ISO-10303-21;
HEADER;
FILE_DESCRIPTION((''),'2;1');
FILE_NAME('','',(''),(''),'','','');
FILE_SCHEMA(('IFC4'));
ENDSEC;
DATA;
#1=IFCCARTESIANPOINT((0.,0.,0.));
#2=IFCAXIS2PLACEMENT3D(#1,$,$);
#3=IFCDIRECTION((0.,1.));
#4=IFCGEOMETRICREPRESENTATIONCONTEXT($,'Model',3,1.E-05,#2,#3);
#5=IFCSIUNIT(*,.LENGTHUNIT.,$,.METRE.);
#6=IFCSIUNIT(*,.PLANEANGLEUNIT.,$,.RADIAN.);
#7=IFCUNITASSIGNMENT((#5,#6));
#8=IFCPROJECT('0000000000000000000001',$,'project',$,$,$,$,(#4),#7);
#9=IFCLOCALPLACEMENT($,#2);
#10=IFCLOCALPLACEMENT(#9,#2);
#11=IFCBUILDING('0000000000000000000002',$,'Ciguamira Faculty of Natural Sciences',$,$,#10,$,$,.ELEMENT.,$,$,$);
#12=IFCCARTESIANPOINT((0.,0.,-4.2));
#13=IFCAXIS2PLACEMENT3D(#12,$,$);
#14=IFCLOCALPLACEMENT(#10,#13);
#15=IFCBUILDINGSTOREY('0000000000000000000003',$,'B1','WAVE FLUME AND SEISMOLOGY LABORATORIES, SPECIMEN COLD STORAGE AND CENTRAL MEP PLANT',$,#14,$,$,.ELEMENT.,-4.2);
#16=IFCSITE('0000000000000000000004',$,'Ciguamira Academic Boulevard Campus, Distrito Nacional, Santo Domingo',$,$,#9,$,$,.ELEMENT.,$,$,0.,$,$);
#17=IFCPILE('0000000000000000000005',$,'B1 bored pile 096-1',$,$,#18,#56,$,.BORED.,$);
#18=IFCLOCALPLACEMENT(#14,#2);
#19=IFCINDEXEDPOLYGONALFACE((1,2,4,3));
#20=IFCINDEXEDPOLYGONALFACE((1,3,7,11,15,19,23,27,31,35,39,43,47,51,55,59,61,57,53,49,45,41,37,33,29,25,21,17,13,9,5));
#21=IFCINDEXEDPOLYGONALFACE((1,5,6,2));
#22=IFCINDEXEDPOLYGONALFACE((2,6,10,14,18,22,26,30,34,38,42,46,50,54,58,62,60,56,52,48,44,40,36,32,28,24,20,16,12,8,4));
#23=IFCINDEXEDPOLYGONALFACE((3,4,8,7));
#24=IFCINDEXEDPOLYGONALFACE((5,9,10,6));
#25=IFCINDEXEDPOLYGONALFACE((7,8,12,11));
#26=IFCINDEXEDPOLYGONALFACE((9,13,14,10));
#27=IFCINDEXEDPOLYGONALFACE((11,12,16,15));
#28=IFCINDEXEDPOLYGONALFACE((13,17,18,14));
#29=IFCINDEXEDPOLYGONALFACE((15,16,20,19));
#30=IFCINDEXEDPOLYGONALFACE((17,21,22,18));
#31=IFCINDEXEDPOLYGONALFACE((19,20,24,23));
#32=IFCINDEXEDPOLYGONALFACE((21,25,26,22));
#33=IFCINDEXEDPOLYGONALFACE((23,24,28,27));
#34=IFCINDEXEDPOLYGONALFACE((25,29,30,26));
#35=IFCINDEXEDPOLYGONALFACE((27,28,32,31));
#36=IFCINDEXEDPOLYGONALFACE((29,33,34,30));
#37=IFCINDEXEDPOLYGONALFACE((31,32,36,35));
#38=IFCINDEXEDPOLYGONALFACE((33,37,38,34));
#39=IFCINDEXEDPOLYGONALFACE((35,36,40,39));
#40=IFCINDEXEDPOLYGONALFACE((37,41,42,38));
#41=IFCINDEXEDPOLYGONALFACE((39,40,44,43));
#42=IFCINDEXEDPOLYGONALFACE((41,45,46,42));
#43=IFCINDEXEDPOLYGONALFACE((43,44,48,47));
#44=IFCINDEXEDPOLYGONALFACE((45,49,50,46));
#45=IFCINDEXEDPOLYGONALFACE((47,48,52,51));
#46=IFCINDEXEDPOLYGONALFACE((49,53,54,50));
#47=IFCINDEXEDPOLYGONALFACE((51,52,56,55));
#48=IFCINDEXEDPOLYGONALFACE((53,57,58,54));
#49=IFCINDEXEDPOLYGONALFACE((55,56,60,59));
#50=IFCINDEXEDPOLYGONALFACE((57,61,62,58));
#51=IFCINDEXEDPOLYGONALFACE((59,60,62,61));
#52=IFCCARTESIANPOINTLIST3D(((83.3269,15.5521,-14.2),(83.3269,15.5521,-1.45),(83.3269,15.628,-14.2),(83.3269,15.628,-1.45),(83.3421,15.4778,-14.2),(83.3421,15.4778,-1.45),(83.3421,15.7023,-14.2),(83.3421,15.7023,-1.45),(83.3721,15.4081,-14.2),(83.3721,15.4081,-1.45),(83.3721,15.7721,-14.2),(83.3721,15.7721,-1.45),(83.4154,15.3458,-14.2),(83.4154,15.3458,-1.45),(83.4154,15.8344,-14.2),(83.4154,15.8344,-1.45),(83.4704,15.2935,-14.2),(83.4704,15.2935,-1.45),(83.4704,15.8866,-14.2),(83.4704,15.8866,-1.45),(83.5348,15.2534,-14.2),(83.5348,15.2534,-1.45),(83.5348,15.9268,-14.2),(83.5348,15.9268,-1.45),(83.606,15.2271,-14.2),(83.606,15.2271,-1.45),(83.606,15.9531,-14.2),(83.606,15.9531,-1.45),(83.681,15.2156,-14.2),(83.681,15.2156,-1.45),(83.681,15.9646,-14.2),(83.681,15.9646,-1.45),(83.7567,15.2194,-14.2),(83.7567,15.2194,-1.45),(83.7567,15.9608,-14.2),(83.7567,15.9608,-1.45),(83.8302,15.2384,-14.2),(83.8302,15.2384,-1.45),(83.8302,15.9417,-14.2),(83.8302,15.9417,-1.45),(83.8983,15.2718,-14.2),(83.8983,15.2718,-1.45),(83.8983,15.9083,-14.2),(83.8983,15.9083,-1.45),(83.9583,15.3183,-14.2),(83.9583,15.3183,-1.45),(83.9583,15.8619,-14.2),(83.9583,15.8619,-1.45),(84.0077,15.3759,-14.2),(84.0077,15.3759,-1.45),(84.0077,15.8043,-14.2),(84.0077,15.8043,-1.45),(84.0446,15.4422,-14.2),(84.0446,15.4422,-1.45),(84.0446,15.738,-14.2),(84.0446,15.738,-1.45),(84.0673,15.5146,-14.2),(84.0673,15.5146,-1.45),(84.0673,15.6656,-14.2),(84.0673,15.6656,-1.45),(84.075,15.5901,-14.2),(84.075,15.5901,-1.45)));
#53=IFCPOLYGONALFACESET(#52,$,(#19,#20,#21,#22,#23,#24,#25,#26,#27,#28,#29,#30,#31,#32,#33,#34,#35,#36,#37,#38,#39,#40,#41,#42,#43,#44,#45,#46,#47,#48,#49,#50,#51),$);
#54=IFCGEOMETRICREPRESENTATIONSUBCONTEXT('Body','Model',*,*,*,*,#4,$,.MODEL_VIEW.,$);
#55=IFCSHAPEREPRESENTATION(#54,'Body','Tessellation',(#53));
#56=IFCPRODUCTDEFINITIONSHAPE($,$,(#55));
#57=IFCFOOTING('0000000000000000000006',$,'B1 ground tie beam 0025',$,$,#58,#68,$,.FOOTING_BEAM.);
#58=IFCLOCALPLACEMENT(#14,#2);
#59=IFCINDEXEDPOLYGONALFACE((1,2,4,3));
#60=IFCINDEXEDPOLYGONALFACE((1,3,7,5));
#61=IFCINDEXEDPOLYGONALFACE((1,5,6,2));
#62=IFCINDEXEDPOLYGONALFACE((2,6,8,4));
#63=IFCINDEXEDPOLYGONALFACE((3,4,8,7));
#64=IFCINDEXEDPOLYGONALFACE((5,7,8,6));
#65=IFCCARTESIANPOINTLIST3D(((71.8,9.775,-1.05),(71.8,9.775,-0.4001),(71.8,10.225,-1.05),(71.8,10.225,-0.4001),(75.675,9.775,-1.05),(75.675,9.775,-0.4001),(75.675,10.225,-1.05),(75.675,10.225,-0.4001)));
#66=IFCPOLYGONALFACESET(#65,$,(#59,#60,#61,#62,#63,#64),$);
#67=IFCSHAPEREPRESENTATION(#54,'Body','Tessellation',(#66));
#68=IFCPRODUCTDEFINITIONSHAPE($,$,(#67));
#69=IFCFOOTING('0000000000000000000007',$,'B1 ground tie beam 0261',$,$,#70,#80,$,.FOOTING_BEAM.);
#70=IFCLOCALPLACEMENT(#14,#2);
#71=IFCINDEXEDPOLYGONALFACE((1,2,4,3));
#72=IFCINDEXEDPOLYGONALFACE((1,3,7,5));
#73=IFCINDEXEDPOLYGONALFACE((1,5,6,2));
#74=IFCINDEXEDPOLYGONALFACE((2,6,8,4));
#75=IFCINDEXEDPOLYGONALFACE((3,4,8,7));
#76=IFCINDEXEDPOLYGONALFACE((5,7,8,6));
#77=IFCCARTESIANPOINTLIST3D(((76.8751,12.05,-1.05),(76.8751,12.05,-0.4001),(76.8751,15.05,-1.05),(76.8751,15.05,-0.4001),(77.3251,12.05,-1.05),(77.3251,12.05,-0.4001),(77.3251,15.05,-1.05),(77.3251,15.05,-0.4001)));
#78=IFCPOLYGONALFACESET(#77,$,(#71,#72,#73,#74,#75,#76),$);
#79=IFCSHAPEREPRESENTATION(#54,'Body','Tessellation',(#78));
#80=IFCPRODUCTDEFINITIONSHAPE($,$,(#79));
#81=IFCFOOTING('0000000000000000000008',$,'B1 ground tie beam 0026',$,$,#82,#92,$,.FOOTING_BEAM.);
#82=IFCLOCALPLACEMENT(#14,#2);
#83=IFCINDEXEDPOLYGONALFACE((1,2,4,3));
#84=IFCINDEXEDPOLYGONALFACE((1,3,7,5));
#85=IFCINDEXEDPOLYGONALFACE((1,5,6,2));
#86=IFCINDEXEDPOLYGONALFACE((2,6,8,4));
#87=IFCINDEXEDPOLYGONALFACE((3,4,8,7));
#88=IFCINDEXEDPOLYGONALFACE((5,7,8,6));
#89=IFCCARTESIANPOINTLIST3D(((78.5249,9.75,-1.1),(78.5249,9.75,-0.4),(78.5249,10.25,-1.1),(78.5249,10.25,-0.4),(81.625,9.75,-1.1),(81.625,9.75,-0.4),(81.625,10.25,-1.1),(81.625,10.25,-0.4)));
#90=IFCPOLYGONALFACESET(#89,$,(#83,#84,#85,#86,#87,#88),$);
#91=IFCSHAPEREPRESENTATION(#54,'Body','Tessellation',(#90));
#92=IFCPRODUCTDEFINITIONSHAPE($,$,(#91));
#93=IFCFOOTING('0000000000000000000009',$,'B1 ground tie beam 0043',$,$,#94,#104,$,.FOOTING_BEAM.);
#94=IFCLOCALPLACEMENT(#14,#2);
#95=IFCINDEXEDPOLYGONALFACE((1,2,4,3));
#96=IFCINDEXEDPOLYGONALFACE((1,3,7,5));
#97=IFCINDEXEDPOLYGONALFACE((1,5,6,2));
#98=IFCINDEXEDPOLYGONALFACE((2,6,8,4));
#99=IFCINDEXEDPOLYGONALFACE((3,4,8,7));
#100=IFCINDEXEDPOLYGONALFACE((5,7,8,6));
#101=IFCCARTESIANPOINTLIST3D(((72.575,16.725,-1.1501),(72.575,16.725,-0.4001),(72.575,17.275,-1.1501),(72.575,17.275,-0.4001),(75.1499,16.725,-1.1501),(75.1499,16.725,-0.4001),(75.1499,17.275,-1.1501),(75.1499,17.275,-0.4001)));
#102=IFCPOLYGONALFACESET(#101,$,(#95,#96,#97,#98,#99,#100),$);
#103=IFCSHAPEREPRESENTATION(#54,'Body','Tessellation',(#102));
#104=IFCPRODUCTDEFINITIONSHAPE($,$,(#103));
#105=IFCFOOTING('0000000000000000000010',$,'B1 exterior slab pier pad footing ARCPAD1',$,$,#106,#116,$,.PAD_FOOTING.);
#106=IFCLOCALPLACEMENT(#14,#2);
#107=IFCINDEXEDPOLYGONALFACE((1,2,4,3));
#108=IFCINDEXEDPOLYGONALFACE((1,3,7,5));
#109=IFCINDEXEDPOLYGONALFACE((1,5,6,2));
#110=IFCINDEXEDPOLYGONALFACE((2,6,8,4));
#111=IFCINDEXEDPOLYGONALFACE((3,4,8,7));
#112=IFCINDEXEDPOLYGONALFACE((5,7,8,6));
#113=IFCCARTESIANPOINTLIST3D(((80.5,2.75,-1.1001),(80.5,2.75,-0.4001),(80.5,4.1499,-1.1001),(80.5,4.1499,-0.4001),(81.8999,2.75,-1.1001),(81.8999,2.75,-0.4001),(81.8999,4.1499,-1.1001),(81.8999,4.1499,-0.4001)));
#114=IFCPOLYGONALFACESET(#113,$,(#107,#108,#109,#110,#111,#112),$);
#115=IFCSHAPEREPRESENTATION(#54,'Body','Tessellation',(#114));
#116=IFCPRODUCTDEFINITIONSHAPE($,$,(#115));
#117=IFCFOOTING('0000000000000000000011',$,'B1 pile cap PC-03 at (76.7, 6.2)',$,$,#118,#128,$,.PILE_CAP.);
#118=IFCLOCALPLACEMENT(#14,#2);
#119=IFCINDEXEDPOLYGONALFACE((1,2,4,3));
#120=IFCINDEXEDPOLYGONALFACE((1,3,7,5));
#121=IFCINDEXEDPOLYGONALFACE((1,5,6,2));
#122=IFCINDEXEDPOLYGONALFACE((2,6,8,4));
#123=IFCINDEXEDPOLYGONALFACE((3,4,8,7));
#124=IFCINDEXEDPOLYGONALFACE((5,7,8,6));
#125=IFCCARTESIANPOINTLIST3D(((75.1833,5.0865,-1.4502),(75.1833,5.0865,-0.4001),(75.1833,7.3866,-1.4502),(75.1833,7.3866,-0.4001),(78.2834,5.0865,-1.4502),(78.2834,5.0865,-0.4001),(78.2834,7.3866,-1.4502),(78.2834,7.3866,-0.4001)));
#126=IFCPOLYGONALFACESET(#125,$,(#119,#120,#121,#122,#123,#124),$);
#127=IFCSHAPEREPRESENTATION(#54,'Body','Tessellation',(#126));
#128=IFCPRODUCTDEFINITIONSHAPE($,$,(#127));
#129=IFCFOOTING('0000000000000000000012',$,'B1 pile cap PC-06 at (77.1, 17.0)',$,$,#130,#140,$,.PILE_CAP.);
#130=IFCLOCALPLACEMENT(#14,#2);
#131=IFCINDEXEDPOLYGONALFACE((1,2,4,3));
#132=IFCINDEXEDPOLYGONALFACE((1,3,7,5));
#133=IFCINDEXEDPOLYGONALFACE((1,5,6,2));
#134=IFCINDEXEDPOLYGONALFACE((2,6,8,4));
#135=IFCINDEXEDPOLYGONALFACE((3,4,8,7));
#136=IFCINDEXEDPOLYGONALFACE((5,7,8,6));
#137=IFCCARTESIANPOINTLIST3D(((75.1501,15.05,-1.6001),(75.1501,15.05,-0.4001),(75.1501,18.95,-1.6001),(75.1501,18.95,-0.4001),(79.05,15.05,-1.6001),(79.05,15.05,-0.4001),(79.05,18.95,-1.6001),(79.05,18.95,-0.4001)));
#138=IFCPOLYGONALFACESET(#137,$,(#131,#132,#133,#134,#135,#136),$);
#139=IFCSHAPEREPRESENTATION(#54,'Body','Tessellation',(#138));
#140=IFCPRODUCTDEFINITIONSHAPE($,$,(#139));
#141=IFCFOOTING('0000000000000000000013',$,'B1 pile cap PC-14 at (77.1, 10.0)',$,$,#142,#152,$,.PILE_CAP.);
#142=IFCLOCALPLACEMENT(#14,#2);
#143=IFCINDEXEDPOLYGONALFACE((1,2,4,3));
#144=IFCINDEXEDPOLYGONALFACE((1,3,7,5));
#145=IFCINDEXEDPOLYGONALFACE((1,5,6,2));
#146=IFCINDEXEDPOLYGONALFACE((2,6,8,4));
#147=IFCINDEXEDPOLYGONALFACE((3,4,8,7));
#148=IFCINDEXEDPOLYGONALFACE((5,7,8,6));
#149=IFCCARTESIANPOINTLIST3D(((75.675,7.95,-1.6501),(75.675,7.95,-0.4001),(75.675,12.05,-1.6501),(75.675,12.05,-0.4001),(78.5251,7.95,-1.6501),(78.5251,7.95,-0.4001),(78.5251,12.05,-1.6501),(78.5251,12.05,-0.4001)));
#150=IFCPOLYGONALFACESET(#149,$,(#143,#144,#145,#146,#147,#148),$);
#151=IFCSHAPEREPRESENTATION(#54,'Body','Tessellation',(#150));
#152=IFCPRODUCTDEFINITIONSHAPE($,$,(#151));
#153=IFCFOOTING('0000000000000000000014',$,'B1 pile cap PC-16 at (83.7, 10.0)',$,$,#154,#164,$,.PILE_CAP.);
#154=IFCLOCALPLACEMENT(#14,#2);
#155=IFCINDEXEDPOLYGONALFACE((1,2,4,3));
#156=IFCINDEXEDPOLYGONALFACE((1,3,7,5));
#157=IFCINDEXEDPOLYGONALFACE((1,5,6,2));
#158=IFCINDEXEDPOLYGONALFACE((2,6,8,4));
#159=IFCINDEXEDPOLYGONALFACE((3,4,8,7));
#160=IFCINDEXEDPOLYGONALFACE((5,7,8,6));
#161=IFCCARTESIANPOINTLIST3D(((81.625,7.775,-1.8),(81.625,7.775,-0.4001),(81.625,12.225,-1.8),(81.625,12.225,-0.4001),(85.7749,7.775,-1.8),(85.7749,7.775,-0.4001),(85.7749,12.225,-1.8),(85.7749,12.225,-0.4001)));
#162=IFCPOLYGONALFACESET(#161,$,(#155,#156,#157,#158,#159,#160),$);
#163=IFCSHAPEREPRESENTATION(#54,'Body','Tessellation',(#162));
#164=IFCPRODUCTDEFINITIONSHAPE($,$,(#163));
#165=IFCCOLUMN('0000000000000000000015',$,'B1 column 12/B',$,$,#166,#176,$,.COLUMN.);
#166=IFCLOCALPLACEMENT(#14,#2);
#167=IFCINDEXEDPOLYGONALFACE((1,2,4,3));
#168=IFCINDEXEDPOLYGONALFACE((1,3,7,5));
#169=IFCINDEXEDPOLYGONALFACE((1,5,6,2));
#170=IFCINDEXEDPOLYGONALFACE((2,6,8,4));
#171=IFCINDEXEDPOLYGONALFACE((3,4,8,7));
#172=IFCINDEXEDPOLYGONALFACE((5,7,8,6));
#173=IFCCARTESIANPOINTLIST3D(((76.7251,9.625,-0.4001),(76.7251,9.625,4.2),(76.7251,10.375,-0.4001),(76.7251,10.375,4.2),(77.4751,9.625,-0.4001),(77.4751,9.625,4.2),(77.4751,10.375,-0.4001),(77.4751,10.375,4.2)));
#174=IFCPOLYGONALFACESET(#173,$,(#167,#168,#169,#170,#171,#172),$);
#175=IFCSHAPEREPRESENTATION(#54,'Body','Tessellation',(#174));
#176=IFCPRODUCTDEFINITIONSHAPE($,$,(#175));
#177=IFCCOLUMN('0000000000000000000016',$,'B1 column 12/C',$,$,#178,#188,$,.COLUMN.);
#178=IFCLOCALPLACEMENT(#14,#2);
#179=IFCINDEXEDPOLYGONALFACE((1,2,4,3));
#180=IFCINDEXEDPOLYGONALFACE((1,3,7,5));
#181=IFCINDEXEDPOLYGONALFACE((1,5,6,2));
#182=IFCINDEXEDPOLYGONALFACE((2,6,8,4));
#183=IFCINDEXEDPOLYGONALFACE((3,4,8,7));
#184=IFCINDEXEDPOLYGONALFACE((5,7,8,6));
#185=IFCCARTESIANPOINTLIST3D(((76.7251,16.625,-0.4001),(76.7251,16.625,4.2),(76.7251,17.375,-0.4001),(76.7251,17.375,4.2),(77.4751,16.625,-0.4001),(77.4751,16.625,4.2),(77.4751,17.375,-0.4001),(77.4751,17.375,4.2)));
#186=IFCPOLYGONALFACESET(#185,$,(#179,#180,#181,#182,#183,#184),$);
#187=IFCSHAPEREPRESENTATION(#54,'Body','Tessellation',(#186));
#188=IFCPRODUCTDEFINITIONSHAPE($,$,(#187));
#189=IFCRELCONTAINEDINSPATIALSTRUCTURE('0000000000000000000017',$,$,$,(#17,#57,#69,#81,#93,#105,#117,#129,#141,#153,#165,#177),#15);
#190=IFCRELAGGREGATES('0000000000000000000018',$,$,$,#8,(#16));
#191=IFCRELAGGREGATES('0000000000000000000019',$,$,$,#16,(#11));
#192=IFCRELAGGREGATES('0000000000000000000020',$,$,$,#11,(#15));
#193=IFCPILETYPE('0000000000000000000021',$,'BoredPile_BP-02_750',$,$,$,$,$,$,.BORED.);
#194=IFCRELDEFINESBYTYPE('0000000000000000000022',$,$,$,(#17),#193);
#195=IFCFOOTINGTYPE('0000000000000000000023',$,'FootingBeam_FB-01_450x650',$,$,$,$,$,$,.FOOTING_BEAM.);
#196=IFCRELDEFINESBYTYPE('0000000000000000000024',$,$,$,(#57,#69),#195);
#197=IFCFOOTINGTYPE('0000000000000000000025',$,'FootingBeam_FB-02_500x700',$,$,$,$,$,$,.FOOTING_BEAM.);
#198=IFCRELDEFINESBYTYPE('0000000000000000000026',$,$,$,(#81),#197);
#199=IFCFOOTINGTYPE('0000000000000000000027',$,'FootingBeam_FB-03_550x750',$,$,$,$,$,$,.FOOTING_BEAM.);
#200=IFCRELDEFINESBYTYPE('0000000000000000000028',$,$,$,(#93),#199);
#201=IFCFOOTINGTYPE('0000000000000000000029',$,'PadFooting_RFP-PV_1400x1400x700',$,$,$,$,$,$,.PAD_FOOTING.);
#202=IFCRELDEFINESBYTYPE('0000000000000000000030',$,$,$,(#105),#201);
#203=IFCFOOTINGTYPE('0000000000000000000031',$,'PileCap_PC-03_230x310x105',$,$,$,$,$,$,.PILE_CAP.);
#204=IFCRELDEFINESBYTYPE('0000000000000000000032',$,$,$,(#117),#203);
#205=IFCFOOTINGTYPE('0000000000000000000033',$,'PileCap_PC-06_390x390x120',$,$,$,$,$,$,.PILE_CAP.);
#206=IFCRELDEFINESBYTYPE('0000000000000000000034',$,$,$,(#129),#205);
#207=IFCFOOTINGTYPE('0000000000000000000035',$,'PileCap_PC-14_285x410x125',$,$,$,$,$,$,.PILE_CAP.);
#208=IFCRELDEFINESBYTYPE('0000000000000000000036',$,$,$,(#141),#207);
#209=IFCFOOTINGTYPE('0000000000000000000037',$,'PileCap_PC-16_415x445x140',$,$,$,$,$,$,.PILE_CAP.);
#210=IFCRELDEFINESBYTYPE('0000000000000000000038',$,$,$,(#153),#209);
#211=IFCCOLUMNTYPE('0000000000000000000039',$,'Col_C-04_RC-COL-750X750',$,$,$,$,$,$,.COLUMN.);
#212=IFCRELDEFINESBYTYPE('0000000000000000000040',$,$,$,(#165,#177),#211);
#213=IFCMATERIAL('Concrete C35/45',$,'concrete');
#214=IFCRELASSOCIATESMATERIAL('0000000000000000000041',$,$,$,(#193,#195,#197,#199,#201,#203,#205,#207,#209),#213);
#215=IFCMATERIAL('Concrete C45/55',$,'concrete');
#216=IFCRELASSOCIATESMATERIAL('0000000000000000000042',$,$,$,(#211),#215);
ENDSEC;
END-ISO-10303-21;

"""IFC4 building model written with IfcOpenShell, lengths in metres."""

from ifc_helpers import new_model, si_unit, direction, frame, origin, origin_2d, place, context, subcontext, project, spatial, rectangle, circle, extrude, material, material_profile, profile_set, type_object, element, save


model = new_model("IFC4")

# Units and contexts
model_context = context("Model", 3, precision=1e-05, world=origin(), true_north=direction((0.0, 1.0)))
body_context = subcontext(model_context, "Body", "Model", "MODEL_VIEW")
ifc_project = project(units=[si_unit("LENGTHUNIT", "METRE"), si_unit("PLANEANGLEUNIT", "RADIAN")], contexts=[model_context])

# Site, building, storey
site_placement = place(None, origin())
site = spatial("IfcSite", under=ifc_project, at=site_placement, Name="Ciguamira Academic Boulevard Campus, Distrito Nacional, Santo Domingo", CompositionType="ELEMENT", RefElevation=0.0)
building_placement = place(site_placement, origin())
building = spatial("IfcBuilding", under=site, at=building_placement, Name="Ciguamira Faculty of Natural Sciences", CompositionType="ELEMENT")
storey_placement = place(building_placement, frame((0.0, 0.0, -4.2)))
storey = spatial("IfcBuildingStorey", under=building, at=storey_placement, Name="B1", Description="WAVE FLUME AND SEISMOLOGY LABORATORIES, SPECIMEN COLD STORAGE AND CENTRAL MEP PLANT", CompositionType="ELEMENT", Elevation=-4.2)

# Pile
ifc_material_1 = material(Name="Concrete C35/45", Category="concrete")
ifc_material_profile_1 = material_profile(ifc_material_1, circle(Radius=0.375, at=origin_2d()), Name="PILE-BORED-750")
ifc_profile_set_1 = profile_set([ifc_material_profile_1], Name="Concrete C35/45")
pile_type_1 = type_object("IfcPileType", Name="BoredPile_BP-02_750", PredefinedType="BORED", material=ifc_profile_set_1)
pile_1_placement = place(storey_placement, frame((83.7, 15.5901, -1.45), z_axis=(0.0, 0.0, -1.0), x_axis=(1.0, 0.0, 0.0)))
element("IfcPile", 1, at=pile_1_placement, inside=storey, type_object=pile_type_1, Name="B1 bored pile 096-1", PredefinedType="BORED", context=body_context, shape_type="SweptSolid", body=[
    extrude(circle(Radius=0.375, at=origin_2d()), origin(), (0.0, 0.0, 1.0), 12.75),
])

# Footings
ifc_material_profile_2 = material_profile(ifc_material_1, rectangle(XDim=0.45, YDim=0.6499, at=origin_2d()), Name="RC-FB-450X650")
ifc_profile_set_2 = profile_set([ifc_material_profile_2], Name="Concrete C35/45")
footing_type_1 = type_object("IfcFootingType", Name="FootingBeam_FB-01_450x650", PredefinedType="FOOTING_BEAM", material=ifc_profile_set_2)
footing_1_placement = place(storey_placement, frame((71.8, 10.0, -0.7251), z_axis=(1.0, 0.0, 0.0), x_axis=(0.0, 1.0, 0.0)))
element("IfcFooting", 2, at=footing_1_placement, inside=storey, type_object=footing_type_1, Name="B1 ground tie beam 0025", PredefinedType="FOOTING_BEAM", context=body_context, shape_type="SweptSolid", body=[
    extrude(rectangle(XDim=0.45, YDim=0.6499, at=origin_2d()), origin(), (0.0, 0.0, 1.0), 3.875),
])
footing_2_placement = place(storey_placement, frame((77.1001, 12.05, -0.7251), z_axis=(0.0, 1.0, 0.0), x_axis=(-1.0, 0.0, 0.0)))
element("IfcFooting", 3, at=footing_2_placement, inside=storey, type_object=footing_type_1, Name="B1 ground tie beam 0261", PredefinedType="FOOTING_BEAM", context=body_context, shape_type="SweptSolid", body=[
    extrude(rectangle(XDim=0.45, YDim=0.6499, at=origin_2d()), origin(), (0.0, 0.0, 1.0), 3.0),
])
ifc_material_profile_3 = material_profile(ifc_material_1, rectangle(XDim=0.5, YDim=0.7, at=origin_2d()), Name="RC-FB-500X700")
ifc_profile_set_3 = profile_set([ifc_material_profile_3], Name="Concrete C35/45")
footing_type_2 = type_object("IfcFootingType", Name="FootingBeam_FB-02_500x700", PredefinedType="FOOTING_BEAM", material=ifc_profile_set_3)
footing_3_placement = place(storey_placement, frame((78.5249, 10.0, -0.75), z_axis=(1.0, 0.0, 0.0), x_axis=(0.0, 1.0, 0.0)))
element("IfcFooting", 4, at=footing_3_placement, inside=storey, type_object=footing_type_2, Name="B1 ground tie beam 0026", PredefinedType="FOOTING_BEAM", context=body_context, shape_type="SweptSolid", body=[
    extrude(rectangle(XDim=0.5, YDim=0.7, at=origin_2d()), origin(), (0.0, 0.0, 1.0), 3.1001),
])
ifc_material_profile_4 = material_profile(ifc_material_1, rectangle(XDim=0.55, YDim=0.75, at=origin_2d()), Name="RC-FB-550X750")
ifc_profile_set_4 = profile_set([ifc_material_profile_4], Name="Concrete C35/45")
footing_type_3 = type_object("IfcFootingType", Name="FootingBeam_FB-03_550x750", PredefinedType="FOOTING_BEAM", material=ifc_profile_set_4)
footing_4_placement = place(storey_placement, frame((72.575, 17.0, -0.7751), z_axis=(1.0, 0.0, 0.0), x_axis=(0.0, 1.0, 0.0)))
element("IfcFooting", 5, at=footing_4_placement, inside=storey, type_object=footing_type_3, Name="B1 ground tie beam 0043", PredefinedType="FOOTING_BEAM", context=body_context, shape_type="SweptSolid", body=[
    extrude(rectangle(XDim=0.55, YDim=0.75, at=origin_2d()), origin(), (0.0, 0.0, 1.0), 2.575),
])
footing_type_4 = type_object("IfcFootingType", Name="PadFooting_RFP-PV_1400x1400x700", PredefinedType="PAD_FOOTING", material=ifc_material_1)
footing_5_placement = place(storey_placement, frame((81.2, 3.45, -1.1001), z_axis=(0.0, 0.0, 1.0), x_axis=(1.0, 0.0, 0.0)))
element("IfcFooting", 6, at=footing_5_placement, inside=storey, type_object=footing_type_4, Name="B1 exterior slab pier pad footing ARCPAD1", PredefinedType="PAD_FOOTING", context=body_context, shape_type="SweptSolid", body=[
    extrude(rectangle(XDim=1.3999, YDim=1.3999, at=origin_2d()), origin(), (0.0, 0.0, 1.0), 0.7),
])
footing_type_5 = type_object("IfcFootingType", Name="PileCap_PC-03_230x310x105", PredefinedType="PILE_CAP", material=ifc_material_1)
footing_6_placement = place(storey_placement, frame((76.7334, 6.2366, -1.4502), z_axis=(0.0, 0.0, 1.0), x_axis=(0.0, 1.0, 0.0)))
element("IfcFooting", 7, at=footing_6_placement, inside=storey, type_object=footing_type_5, Name="B1 pile cap PC-03 at (76.7, 6.2)", PredefinedType="PILE_CAP", context=body_context, shape_type="SweptSolid", body=[
    extrude(rectangle(XDim=2.3, YDim=3.1001, at=origin_2d()), origin(), (0.0, 0.0, 1.0), 1.05),
])
footing_type_6 = type_object("IfcFootingType", Name="PileCap_PC-06_390x390x120", PredefinedType="PILE_CAP", material=ifc_material_1)
footing_7_placement = place(storey_placement, frame((77.1001, 17.0, -1.6001), z_axis=(0.0, 0.0, 1.0), x_axis=(1.0, 0.0, 0.0)))
element("IfcFooting", 8, at=footing_7_placement, inside=storey, type_object=footing_type_6, Name="B1 pile cap PC-06 at (77.1, 17.0)", PredefinedType="PILE_CAP", context=body_context, shape_type="SweptSolid", body=[
    extrude(rectangle(XDim=3.8999, YDim=3.8999, at=origin_2d()), origin(), (0.0, 0.0, 1.0), 1.2),
])
footing_type_7 = type_object("IfcFootingType", Name="PileCap_PC-14_285x410x125", PredefinedType="PILE_CAP", material=ifc_material_1)
footing_8_placement = place(storey_placement, frame((77.1001, 10.0, -1.6501), z_axis=(0.0, 0.0, 1.0), x_axis=(1.0, 0.0, 0.0)))
element("IfcFooting", 9, at=footing_8_placement, inside=storey, type_object=footing_type_7, Name="B1 pile cap PC-14 at (77.1, 10.0)", PredefinedType="PILE_CAP", context=body_context, shape_type="SweptSolid", body=[
    extrude(rectangle(XDim=2.8501, YDim=4.1001, at=origin_2d()), origin(), (0.0, 0.0, 1.0), 1.25),
])
footing_type_8 = type_object("IfcFootingType", Name="PileCap_PC-16_415x445x140", PredefinedType="PILE_CAP", material=ifc_material_1)
footing_9_placement = place(storey_placement, frame((83.7, 10.0, -1.8), z_axis=(0.0, 0.0, 1.0), x_axis=(1.0, 0.0, 0.0)))
element("IfcFooting", 10, at=footing_9_placement, inside=storey, type_object=footing_type_8, Name="B1 pile cap PC-16 at (83.7, 10.0)", PredefinedType="PILE_CAP", context=body_context, shape_type="SweptSolid", body=[
    extrude(rectangle(XDim=4.1499, YDim=4.45, at=origin_2d()), origin(), (0.0, 0.0, 1.0), 1.3999),
])

# Columns
ifc_material_2 = material(Name="Concrete C45/55", Category="concrete")
ifc_material_profile_5 = material_profile(ifc_material_2, rectangle(XDim=0.75, YDim=0.75, at=origin_2d()), Name="RC-COL-750X750")
ifc_profile_set_5 = profile_set([ifc_material_profile_5], Name="Concrete C45/55")
column_type_1 = type_object("IfcColumnType", Name="Col_C-04_RC-COL-750X750", PredefinedType="COLUMN", material=ifc_profile_set_5)
for number, where, z_axis, x_axis, name in (
    (11, (77.1001, 10.0, -0.4001), (0.0, 0.0, 1.0), (1.0, 0.0, 0.0), "B1 column 12/B"),
    (12, (77.1001, 17.0, -0.4001), (0.0, 0.0, 1.0), (1.0, 0.0, 0.0), "B1 column 12/C"),
):
    element("IfcColumn", number, at=place(storey_placement, frame(where, z_axis=z_axis, x_axis=x_axis)), inside=storey, type_object=column_type_1, Name=name, PredefinedType="COLUMN", context=body_context, shape_type="SweptSolid", body=[
        extrude(rectangle(XDim=0.75, YDim=0.75, at=origin_2d()), origin(), (0.0, 0.0, 1.0), 4.6001),
    ])

save(model, "model.ifc")
